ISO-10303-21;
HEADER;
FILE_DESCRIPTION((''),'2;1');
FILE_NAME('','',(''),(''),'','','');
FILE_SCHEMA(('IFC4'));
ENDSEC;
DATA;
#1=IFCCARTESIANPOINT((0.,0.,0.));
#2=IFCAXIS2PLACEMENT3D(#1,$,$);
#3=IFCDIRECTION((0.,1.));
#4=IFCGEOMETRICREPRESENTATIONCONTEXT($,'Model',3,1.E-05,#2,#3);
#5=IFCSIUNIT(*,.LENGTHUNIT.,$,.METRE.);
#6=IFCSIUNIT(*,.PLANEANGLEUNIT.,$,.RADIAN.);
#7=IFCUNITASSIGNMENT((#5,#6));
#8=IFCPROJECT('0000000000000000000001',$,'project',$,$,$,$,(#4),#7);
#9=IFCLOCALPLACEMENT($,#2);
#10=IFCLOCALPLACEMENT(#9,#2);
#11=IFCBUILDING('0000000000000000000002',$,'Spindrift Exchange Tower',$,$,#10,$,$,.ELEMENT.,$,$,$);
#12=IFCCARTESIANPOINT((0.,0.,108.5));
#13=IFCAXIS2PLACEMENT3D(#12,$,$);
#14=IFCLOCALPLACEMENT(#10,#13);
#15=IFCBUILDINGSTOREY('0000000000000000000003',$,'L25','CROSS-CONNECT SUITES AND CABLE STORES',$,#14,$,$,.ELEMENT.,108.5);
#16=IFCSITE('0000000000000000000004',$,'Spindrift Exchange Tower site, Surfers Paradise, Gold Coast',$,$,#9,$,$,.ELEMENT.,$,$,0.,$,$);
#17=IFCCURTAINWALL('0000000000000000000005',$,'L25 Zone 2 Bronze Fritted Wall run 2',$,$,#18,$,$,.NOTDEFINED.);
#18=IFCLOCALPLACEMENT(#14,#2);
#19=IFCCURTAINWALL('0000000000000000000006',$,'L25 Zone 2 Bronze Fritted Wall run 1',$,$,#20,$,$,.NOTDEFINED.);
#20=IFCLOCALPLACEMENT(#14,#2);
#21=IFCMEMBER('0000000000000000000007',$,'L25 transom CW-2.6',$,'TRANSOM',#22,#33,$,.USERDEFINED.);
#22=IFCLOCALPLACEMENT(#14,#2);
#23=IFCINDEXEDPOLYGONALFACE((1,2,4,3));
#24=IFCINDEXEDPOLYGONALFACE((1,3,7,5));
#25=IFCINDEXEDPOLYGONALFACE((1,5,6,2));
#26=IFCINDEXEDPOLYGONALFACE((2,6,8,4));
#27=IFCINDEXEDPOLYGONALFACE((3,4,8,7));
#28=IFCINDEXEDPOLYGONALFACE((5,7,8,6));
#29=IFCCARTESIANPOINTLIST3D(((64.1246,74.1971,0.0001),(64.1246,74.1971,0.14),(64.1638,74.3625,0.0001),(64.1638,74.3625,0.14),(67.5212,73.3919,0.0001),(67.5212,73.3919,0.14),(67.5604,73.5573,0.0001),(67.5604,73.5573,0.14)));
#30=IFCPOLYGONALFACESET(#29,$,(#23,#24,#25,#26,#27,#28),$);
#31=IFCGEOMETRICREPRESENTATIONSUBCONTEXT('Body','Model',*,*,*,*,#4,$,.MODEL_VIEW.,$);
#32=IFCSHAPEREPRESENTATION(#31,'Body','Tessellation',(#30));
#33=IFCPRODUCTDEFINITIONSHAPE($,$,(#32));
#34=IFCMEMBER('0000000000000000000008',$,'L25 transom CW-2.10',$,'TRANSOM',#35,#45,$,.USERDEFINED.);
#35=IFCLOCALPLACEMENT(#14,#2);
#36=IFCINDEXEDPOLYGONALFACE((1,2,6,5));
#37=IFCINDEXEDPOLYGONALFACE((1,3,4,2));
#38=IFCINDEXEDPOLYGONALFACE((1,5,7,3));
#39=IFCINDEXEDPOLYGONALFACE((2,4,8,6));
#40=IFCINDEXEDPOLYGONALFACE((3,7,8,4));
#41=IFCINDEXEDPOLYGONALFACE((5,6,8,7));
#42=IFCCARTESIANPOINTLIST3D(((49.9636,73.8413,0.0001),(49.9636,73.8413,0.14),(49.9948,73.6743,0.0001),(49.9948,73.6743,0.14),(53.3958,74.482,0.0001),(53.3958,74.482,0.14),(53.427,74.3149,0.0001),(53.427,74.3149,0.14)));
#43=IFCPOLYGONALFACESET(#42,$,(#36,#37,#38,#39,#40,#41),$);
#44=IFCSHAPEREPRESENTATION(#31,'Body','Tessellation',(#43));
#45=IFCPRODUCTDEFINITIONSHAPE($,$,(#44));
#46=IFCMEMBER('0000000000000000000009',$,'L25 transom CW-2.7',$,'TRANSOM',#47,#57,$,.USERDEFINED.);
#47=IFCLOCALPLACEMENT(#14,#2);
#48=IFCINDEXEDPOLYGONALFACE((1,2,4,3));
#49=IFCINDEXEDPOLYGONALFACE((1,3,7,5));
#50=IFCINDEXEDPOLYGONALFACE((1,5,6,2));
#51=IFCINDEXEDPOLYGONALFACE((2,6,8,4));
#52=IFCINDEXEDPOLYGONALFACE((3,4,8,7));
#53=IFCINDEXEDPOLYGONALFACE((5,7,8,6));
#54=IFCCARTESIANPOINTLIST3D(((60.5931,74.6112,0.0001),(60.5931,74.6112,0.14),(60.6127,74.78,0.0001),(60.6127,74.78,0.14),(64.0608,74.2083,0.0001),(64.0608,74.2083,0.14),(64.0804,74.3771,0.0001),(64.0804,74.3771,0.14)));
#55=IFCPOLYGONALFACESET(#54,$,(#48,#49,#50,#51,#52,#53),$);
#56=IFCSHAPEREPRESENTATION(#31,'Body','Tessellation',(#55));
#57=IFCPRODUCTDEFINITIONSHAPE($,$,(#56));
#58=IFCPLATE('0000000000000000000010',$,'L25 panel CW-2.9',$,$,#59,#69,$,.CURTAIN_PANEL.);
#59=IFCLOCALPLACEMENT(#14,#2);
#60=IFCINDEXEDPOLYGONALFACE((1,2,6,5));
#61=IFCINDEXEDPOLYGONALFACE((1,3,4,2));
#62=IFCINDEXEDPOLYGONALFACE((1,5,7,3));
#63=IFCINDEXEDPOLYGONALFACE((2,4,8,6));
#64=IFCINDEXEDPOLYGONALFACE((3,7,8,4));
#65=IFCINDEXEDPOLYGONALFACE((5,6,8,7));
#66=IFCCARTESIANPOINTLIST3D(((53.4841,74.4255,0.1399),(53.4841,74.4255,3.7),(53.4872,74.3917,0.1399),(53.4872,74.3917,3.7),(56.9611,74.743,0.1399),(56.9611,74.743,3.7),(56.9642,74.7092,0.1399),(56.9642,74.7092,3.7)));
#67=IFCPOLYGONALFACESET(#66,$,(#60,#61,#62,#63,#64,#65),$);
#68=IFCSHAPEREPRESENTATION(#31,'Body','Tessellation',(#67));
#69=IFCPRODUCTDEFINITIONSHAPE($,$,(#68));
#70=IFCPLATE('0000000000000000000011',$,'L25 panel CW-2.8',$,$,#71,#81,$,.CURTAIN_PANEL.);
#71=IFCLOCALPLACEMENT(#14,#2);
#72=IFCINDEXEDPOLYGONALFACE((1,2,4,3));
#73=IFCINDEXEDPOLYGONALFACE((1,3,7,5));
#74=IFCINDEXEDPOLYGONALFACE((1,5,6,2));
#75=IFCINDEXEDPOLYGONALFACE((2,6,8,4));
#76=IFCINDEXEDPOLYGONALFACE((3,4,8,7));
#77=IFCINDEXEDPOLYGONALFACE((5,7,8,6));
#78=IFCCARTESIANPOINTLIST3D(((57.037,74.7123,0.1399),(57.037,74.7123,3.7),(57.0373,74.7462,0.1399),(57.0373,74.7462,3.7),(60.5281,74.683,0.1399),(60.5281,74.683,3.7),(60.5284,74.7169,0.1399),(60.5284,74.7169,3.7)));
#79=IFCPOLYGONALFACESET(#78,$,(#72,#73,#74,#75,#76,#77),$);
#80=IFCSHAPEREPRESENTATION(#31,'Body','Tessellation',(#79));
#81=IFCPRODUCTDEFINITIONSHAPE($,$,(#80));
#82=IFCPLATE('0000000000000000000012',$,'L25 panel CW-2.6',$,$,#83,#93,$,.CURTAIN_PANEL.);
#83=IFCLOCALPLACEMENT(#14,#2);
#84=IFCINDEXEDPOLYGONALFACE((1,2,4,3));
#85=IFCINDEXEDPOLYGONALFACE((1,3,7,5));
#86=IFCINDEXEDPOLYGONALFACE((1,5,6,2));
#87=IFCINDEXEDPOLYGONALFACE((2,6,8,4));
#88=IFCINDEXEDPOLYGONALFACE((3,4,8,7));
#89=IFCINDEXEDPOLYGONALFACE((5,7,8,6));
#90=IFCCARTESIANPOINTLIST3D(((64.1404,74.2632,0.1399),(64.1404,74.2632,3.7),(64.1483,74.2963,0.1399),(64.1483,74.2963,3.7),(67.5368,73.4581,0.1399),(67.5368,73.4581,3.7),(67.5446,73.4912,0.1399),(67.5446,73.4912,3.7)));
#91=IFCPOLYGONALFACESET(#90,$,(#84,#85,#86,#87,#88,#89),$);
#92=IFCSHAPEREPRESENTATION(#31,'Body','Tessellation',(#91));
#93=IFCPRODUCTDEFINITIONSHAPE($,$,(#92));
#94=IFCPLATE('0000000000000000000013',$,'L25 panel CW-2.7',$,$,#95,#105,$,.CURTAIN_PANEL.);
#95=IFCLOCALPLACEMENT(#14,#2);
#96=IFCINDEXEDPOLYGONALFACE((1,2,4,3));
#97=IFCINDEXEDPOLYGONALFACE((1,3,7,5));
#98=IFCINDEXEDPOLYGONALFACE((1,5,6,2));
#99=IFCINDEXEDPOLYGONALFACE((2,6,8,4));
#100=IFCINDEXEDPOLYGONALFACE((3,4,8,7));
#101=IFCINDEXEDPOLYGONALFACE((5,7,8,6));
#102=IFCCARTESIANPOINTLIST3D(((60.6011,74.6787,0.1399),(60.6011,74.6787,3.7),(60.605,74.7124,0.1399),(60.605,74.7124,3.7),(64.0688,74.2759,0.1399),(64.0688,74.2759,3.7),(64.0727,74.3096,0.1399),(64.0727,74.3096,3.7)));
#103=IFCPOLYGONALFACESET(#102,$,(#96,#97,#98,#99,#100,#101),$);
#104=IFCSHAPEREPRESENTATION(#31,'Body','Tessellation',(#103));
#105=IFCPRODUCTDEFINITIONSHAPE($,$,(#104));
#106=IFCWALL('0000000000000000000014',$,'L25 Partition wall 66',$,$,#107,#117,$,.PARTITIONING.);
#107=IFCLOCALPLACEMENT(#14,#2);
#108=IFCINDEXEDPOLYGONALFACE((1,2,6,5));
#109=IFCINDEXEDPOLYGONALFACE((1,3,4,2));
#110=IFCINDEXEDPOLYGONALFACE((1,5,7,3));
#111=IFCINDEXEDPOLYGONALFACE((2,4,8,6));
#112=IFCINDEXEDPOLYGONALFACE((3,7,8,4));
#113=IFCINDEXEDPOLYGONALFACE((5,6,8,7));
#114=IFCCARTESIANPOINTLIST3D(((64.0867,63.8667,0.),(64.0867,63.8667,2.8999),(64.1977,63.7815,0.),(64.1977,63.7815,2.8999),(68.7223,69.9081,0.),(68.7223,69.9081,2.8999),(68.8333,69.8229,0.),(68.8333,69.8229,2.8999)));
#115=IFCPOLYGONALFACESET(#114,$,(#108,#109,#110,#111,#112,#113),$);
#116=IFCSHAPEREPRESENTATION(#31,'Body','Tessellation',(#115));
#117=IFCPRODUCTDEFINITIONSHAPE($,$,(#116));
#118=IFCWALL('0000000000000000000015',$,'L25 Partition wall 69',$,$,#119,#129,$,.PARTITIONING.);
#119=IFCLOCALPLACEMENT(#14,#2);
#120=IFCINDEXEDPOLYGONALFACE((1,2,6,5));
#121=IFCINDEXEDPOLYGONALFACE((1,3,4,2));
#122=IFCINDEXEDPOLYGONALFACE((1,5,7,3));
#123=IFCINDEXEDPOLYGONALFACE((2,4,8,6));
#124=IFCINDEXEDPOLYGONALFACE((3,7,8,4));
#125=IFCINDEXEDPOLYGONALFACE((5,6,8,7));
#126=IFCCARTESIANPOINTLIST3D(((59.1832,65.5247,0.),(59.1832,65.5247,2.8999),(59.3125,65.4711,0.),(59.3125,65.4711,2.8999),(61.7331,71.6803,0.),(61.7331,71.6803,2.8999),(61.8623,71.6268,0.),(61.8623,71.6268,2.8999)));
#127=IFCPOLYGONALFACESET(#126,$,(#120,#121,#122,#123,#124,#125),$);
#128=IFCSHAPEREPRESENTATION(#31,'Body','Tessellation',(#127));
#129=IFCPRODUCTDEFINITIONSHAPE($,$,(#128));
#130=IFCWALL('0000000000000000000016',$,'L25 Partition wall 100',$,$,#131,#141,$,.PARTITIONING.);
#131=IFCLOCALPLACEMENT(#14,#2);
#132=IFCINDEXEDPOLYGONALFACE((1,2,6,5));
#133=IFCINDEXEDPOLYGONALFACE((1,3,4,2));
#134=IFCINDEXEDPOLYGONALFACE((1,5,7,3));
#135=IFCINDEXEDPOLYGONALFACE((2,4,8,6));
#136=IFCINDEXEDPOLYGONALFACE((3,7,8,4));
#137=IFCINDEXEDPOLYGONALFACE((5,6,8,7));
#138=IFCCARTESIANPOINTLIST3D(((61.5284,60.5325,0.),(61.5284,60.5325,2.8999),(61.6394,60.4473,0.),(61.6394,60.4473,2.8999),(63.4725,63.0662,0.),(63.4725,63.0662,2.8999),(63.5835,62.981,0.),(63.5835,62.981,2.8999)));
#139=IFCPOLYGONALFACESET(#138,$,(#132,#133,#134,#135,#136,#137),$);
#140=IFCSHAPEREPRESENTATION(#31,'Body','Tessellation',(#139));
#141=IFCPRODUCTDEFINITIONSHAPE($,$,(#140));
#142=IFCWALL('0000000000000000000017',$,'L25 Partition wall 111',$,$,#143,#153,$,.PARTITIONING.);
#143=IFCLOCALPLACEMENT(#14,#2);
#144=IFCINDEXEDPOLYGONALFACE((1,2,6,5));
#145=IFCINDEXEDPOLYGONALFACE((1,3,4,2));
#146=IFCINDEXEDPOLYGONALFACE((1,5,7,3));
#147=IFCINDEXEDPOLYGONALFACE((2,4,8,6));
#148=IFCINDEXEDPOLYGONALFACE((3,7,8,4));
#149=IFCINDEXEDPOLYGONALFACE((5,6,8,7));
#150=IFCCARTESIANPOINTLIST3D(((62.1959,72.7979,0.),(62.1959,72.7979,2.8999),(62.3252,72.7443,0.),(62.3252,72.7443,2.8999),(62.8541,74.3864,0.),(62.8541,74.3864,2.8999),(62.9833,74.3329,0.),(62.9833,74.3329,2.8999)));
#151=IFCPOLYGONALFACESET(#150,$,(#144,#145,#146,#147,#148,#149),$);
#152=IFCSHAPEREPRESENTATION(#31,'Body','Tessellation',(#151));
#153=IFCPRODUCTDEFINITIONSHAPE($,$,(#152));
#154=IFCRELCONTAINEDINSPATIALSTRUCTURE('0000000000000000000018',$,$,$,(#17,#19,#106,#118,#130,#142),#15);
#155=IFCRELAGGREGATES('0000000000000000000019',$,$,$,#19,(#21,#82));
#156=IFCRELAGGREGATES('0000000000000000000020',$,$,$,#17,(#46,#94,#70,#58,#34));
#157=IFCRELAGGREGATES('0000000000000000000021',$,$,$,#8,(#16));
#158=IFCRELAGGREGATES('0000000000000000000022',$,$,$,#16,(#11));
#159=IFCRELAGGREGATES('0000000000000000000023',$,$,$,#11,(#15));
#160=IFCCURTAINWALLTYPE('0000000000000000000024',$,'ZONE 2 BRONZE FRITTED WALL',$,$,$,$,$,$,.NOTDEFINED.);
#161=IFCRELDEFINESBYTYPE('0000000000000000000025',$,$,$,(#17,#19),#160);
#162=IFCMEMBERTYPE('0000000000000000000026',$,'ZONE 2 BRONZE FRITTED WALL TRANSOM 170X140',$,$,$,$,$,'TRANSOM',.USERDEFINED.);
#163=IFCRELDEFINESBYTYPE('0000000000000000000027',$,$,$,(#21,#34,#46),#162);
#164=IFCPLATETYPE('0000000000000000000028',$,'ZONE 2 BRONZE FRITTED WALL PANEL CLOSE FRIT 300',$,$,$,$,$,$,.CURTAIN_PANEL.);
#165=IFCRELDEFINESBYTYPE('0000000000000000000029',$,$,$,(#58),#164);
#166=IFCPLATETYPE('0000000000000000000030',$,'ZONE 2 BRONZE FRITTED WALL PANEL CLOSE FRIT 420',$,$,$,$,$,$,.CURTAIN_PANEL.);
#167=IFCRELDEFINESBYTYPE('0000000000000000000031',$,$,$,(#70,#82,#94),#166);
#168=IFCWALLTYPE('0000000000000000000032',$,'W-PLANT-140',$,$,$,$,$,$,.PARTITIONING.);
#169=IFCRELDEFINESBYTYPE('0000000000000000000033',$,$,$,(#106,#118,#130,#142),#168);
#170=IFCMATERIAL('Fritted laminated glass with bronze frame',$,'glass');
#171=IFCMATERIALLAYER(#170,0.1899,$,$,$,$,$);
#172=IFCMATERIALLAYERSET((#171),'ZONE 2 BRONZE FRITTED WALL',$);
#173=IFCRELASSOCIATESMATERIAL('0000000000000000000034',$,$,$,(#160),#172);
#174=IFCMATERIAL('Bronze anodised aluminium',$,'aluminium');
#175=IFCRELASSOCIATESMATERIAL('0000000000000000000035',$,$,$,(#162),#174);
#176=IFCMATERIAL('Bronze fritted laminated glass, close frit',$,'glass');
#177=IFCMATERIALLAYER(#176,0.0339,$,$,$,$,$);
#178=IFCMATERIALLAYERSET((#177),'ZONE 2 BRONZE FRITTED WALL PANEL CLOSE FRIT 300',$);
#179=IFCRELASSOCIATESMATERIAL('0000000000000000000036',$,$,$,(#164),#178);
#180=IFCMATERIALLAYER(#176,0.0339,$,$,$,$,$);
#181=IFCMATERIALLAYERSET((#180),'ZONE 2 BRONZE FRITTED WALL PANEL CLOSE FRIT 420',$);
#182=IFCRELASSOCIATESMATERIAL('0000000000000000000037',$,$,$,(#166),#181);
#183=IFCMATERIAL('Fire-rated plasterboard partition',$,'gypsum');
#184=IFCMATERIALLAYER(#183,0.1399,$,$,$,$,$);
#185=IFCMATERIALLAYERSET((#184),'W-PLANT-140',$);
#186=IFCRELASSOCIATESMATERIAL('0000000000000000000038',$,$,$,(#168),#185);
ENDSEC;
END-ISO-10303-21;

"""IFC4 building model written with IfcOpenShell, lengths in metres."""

from ifc_helpers import new_model, si_unit, direction, frame, frame_2d, origin, origin_2d, place, context, subcontext, project, spatial, rectangle, extrude, source, transform, mapped, material, layer, layer_set, material_profile, profile_set, type_object, element, aggregate, save


model = new_model("IFC4")

# Units and contexts
model_context = context("Model", 3, precision=1e-05, world=origin(), true_north=direction((0.0, 1.0)))
body_context = subcontext(model_context, "Body", "Model", "MODEL_VIEW")
ifc_project = project(units=[si_unit("LENGTHUNIT", "METRE"), si_unit("PLANEANGLEUNIT", "RADIAN")], contexts=[model_context])

# Site, building, storey
site_placement = place(None, origin())
site = spatial("IfcSite", under=ifc_project, at=site_placement, Name="Spindrift Exchange Tower site, Surfers Paradise, Gold Coast", CompositionType="ELEMENT", RefElevation=0.0)
building_placement = place(site_placement, origin())
building = spatial("IfcBuilding", under=site, at=building_placement, Name="Spindrift Exchange Tower", CompositionType="ELEMENT")
storey_placement = place(building_placement, frame((0.0, 0.0, 108.5)))
storey = spatial("IfcBuildingStorey", under=building, at=storey_placement, Name="L25", Description="CROSS-CONNECT SUITES AND CABLE STORES", CompositionType="ELEMENT", Elevation=108.5)

# Curtain wall
ifc_material_1 = material(Name="Fritted laminated glass with bronze frame", Category="glass")
ifc_layer_1 = layer(ifc_material_1, 0.1899)
ifc_layer_set_1 = layer_set([ifc_layer_1], Name="ZONE 2 BRONZE FRITTED WALL")
curtain_wall_type = type_object("IfcCurtainWallType", Name="ZONE 2 BRONZE FRITTED WALL", PredefinedType="NOTDEFINED", material=ifc_layer_set_1)
curtain_wall_1_placement = place(storey_placement, origin())
curtain_wall_1 = element("IfcCurtainWall", 1, at=curtain_wall_1_placement, inside=storey, type_object=curtain_wall_type, Name="L25 Zone 2 Bronze Fritted Wall run 2", PredefinedType="NOTDEFINED")
ifc_material_2 = material(Name="Bronze anodised aluminium", Category="aluminium")
ifc_material_profile_1 = material_profile(ifc_material_2, rectangle(XDim=0.1699, YDim=0.1399, at=origin_2d()), Name="ZONE 2 BRONZE FRITTED WALL TRANSOM 170X140")
ifc_profile_set_1 = profile_set([ifc_material_profile_1], Name="Bronze anodised aluminium")
member_type_1 = type_object("IfcMemberType", Name="ZONE 2 BRONZE FRITTED WALL TRANSOM 170X140", ElementType="TRANSOM", PredefinedType="USERDEFINED", material=ifc_profile_set_1)

# Curtain wall, member
curtain_wall_2_placement = place(storey_placement, origin())
curtain_wall_2 = element("IfcCurtainWall", 2, at=curtain_wall_2_placement, inside=storey, type_object=curtain_wall_type, Name="L25 Zone 2 Bronze Fritted Wall run 1", PredefinedType="NOTDEFINED")
shared_shape_1 = source(origin(), body_context, "Body", "SweptSolid", [
    extrude(rectangle(XDim=0.1699, YDim=0.1399, at=origin_2d()), origin(), (0.0, 0.0, 1.0), 3.4907),
])
member_1_placement = place(storey_placement, frame((67.5408, 73.4746, 0.0701), z_axis=(-0.973032, 0.230669, 0.0), x_axis=(-0.230669, -0.973032, 0.0)))
member_1 = element("IfcMember", 3, at=member_1_placement, type_object=member_type_1, Name="L25 transom CW-2.6", ObjectType="TRANSOM", PredefinedType="USERDEFINED", context=body_context, shape_type="MappedRepresentation", body=[
    mapped(shared_shape_1, transform((0.0, 0.0, 0.0), scale=1.0)),
])

# Members
shared_shape_2 = source(origin(), body_context, "Body", "SweptSolid", [
    extrude(rectangle(XDim=0.1699, YDim=0.1399, at=origin_2d()), origin(), (0.0, 0.0, 1.0), 3.4915),
])
member_2_placement = place(storey_placement, frame((53.4114, 74.3984, 0.0701), z_axis=(-0.983022, -0.183486, 0.0), x_axis=(0.183486, -0.983022, 0.0)))
member_2 = element("IfcMember", 4, at=member_2_placement, type_object=member_type_1, Name="L25 transom CW-2.10", ObjectType="TRANSOM", PredefinedType="USERDEFINED", context=body_context, shape_type="MappedRepresentation", body=[
    mapped(shared_shape_2, transform((0.0, 0.0, 0.0), scale=1.0)),
])
shared_shape_3 = source(origin(), body_context, "Body", "SweptSolid", [
    extrude(rectangle(XDim=0.1699, YDim=0.1399, at=origin_2d()), origin(), (0.0, 0.0, 1.0), 3.491),
])
member_3_placement = place(storey_placement, frame((64.0706, 74.2927, 0.0701), z_axis=(-0.99332, 0.115397, 0.0), x_axis=(-0.115397, -0.99332, 0.0)))
member_3 = element("IfcMember", 5, at=member_3_placement, type_object=member_type_1, Name="L25 transom CW-2.7", ObjectType="TRANSOM", PredefinedType="USERDEFINED", context=body_context, shape_type="MappedRepresentation", body=[
    mapped(shared_shape_3, transform((0.0, 0.0, 0.0), scale=1.0)),
])

# Plates
ifc_material_3 = material(Name="Bronze fritted laminated glass, close frit", Category="glass")
ifc_layer_2 = layer(ifc_material_3, 0.0339)
ifc_layer_set_2 = layer_set([ifc_layer_2], Name="ZONE 2 BRONZE FRITTED WALL PANEL CLOSE FRIT 300")
plate_type_1 = type_object("IfcPlateType", Name="ZONE 2 BRONZE FRITTED WALL PANEL CLOSE FRIT 300", PredefinedType="CURTAIN_PANEL", material=ifc_layer_set_2)
shared_shape_4 = source(origin(), body_context, "Body", "SweptSolid", [
    extrude(rectangle(XDim=3.4915, YDim=0.0339, at=origin_2d()), origin(), (0.0, 0.0, 1.0), 3.5601),
])
plate_1_placement = place(storey_placement, frame((55.2241, 74.5674, 0.1399), z_axis=(0.0, 0.0, 1.0), x_axis=(-0.995857, -0.090933, 0.0)))
plate_1 = element("IfcPlate", 6, at=plate_1_placement, type_object=plate_type_1, Name="L25 panel CW-2.9", PredefinedType="CURTAIN_PANEL", context=body_context, shape_type="MappedRepresentation", body=[
    mapped(shared_shape_4, transform((0.0, 0.0, 0.0), scale=1.0)),
])
ifc_layer_3 = layer(ifc_material_3, 0.0339)
ifc_layer_set_3 = layer_set([ifc_layer_3], Name="ZONE 2 BRONZE FRITTED WALL PANEL CLOSE FRIT 420")
plate_type_2 = type_object("IfcPlateType", Name="ZONE 2 BRONZE FRITTED WALL PANEL CLOSE FRIT 420", PredefinedType="CURTAIN_PANEL", material=ifc_layer_set_3)
shared_shape_5 = source(origin(), body_context, "Body", "SweptSolid", [
    extrude(rectangle(XDim=3.4912, YDim=0.0339, at=origin_2d()), origin(), (0.0, 0.0, 1.0), 3.5601),
])
plate_2_placement = place(storey_placement, frame((58.7827, 74.7146, 0.1399), z_axis=(0.0, 0.0, 1.0), x_axis=(-0.999965, 0.008384, 0.0)))
plate_2 = element("IfcPlate", 7, at=plate_2_placement, type_object=plate_type_2, Name="L25 panel CW-2.8", PredefinedType="CURTAIN_PANEL", context=body_context, shape_type="MappedRepresentation", body=[
    mapped(shared_shape_5, transform((0.0, 0.0, 0.0), scale=1.0)),
])
shared_shape_6 = source(origin(), body_context, "Body", "SweptSolid", [
    extrude(rectangle(XDim=3.4905, YDim=0.0339, at=origin_2d()), origin(), (0.0, 0.0, 1.0), 3.5601),
])
plate_3_placement = place(storey_placement, frame((65.8425, 73.8772, 0.1399), z_axis=(0.0, 0.0, 1.0), x_axis=(-0.973036, 0.230653, 0.0)))
plate_3 = element("IfcPlate", 8, at=plate_3_placement, type_object=plate_type_2, Name="L25 panel CW-2.6", PredefinedType="CURTAIN_PANEL", context=body_context, shape_type="MappedRepresentation", body=[
    mapped(shared_shape_6, transform((0.0, 0.0, 0.0), scale=1.0)),
])
aggregate(curtain_wall_2, [member_1, plate_3])
shared_shape_7 = source(origin(), body_context, "Body", "SweptSolid", [
    extrude(rectangle(XDim=3.491, YDim=0.0339, at=origin_2d()), origin(), (0.0, 0.0, 1.0), 3.5601),
])
plate_4_placement = place(storey_placement, frame((62.3369, 74.4941, 0.1399), z_axis=(0.0, 0.0, 1.0), x_axis=(-0.993323, 0.115371, 0.0)))
plate_4 = element("IfcPlate", 9, at=plate_4_placement, type_object=plate_type_2, Name="L25 panel CW-2.7", PredefinedType="CURTAIN_PANEL", context=body_context, shape_type="MappedRepresentation", body=[
    mapped(shared_shape_7, transform((0.0, 0.0, 0.0), scale=1.0)),
])
aggregate(curtain_wall_1, [member_3, plate_4, plate_2, plate_1, member_2])

# Walls
ifc_material_4 = material(Name="Fire-rated plasterboard partition", Category="gypsum")
ifc_layer_4 = layer(ifc_material_4, 0.1399)
ifc_layer_set_4 = layer_set([ifc_layer_4], Name="W-PLANT-140")
wall_type = type_object("IfcWallType", Name="W-PLANT-140", PredefinedType="PARTITIONING", material=ifc_layer_set_4)
wall_1_placement = place(storey_placement, frame((64.1421, 63.824, 0.0), z_axis=(0.0, 0.0, 1.0), x_axis=(0.608756, 0.793358, 0.0)))
element("IfcWall", 10, at=wall_1_placement, inside=storey, type_object=wall_type, Name="L25 Partition wall 66", PredefinedType="PARTITIONING", context=body_context, shape_type="SweptSolid", body=[
    extrude(rectangle(XDim=7.615, YDim=0.1399, at=frame_2d((3.8076, 0.0))), origin(), (0.0, 0.0, 1.0), 2.8999),
])
wall_2_placement = place(storey_placement, frame((59.2478, 65.4978, 0.0), z_axis=(0.0, 0.0, 1.0), x_axis=(0.382697, 0.923874, 0.0)))
element("IfcWall", 11, at=wall_2_placement, inside=storey, type_object=wall_type, Name="L25 Partition wall 69", PredefinedType="PARTITIONING", context=body_context, shape_type="SweptSolid", body=[
    extrude(rectangle(XDim=6.6628, YDim=0.1399, at=frame_2d((3.3315, 0.0))), origin(), (0.0, 0.0, 1.0), 2.8999),
])
wall_3_placement = place(storey_placement, frame((61.584, 60.49, 0.0), z_axis=(0.0, 0.0, 1.0), x_axis=(0.608746, 0.793365, 0.0)))
element("IfcWall", 12, at=wall_3_placement, inside=storey, type_object=wall_type, Name="L25 Partition wall 100", PredefinedType="PARTITIONING", context=body_context, shape_type="SweptSolid", body=[
    extrude(rectangle(XDim=3.1936, YDim=0.1399, at=frame_2d((1.5967, 0.0))), origin(), (0.0, 0.0, 1.0), 2.8999),
])
wall_4_placement = place(storey_placement, frame((62.2605, 72.771, 0.0), z_axis=(0.0, 0.0, 1.0), x_axis=(0.38277, 0.923844, 0.0)))
element("IfcWall", 13, at=wall_4_placement, inside=storey, type_object=wall_type, Name="L25 Partition wall 111", PredefinedType="PARTITIONING", context=body_context, shape_type="SweptSolid", body=[
    extrude(rectangle(XDim=1.7195, YDim=0.1399, at=frame_2d((0.8599, 0.0))), origin(), (0.0, 0.0, 1.0), 2.8999),
])

save(model, "model.ifc")
